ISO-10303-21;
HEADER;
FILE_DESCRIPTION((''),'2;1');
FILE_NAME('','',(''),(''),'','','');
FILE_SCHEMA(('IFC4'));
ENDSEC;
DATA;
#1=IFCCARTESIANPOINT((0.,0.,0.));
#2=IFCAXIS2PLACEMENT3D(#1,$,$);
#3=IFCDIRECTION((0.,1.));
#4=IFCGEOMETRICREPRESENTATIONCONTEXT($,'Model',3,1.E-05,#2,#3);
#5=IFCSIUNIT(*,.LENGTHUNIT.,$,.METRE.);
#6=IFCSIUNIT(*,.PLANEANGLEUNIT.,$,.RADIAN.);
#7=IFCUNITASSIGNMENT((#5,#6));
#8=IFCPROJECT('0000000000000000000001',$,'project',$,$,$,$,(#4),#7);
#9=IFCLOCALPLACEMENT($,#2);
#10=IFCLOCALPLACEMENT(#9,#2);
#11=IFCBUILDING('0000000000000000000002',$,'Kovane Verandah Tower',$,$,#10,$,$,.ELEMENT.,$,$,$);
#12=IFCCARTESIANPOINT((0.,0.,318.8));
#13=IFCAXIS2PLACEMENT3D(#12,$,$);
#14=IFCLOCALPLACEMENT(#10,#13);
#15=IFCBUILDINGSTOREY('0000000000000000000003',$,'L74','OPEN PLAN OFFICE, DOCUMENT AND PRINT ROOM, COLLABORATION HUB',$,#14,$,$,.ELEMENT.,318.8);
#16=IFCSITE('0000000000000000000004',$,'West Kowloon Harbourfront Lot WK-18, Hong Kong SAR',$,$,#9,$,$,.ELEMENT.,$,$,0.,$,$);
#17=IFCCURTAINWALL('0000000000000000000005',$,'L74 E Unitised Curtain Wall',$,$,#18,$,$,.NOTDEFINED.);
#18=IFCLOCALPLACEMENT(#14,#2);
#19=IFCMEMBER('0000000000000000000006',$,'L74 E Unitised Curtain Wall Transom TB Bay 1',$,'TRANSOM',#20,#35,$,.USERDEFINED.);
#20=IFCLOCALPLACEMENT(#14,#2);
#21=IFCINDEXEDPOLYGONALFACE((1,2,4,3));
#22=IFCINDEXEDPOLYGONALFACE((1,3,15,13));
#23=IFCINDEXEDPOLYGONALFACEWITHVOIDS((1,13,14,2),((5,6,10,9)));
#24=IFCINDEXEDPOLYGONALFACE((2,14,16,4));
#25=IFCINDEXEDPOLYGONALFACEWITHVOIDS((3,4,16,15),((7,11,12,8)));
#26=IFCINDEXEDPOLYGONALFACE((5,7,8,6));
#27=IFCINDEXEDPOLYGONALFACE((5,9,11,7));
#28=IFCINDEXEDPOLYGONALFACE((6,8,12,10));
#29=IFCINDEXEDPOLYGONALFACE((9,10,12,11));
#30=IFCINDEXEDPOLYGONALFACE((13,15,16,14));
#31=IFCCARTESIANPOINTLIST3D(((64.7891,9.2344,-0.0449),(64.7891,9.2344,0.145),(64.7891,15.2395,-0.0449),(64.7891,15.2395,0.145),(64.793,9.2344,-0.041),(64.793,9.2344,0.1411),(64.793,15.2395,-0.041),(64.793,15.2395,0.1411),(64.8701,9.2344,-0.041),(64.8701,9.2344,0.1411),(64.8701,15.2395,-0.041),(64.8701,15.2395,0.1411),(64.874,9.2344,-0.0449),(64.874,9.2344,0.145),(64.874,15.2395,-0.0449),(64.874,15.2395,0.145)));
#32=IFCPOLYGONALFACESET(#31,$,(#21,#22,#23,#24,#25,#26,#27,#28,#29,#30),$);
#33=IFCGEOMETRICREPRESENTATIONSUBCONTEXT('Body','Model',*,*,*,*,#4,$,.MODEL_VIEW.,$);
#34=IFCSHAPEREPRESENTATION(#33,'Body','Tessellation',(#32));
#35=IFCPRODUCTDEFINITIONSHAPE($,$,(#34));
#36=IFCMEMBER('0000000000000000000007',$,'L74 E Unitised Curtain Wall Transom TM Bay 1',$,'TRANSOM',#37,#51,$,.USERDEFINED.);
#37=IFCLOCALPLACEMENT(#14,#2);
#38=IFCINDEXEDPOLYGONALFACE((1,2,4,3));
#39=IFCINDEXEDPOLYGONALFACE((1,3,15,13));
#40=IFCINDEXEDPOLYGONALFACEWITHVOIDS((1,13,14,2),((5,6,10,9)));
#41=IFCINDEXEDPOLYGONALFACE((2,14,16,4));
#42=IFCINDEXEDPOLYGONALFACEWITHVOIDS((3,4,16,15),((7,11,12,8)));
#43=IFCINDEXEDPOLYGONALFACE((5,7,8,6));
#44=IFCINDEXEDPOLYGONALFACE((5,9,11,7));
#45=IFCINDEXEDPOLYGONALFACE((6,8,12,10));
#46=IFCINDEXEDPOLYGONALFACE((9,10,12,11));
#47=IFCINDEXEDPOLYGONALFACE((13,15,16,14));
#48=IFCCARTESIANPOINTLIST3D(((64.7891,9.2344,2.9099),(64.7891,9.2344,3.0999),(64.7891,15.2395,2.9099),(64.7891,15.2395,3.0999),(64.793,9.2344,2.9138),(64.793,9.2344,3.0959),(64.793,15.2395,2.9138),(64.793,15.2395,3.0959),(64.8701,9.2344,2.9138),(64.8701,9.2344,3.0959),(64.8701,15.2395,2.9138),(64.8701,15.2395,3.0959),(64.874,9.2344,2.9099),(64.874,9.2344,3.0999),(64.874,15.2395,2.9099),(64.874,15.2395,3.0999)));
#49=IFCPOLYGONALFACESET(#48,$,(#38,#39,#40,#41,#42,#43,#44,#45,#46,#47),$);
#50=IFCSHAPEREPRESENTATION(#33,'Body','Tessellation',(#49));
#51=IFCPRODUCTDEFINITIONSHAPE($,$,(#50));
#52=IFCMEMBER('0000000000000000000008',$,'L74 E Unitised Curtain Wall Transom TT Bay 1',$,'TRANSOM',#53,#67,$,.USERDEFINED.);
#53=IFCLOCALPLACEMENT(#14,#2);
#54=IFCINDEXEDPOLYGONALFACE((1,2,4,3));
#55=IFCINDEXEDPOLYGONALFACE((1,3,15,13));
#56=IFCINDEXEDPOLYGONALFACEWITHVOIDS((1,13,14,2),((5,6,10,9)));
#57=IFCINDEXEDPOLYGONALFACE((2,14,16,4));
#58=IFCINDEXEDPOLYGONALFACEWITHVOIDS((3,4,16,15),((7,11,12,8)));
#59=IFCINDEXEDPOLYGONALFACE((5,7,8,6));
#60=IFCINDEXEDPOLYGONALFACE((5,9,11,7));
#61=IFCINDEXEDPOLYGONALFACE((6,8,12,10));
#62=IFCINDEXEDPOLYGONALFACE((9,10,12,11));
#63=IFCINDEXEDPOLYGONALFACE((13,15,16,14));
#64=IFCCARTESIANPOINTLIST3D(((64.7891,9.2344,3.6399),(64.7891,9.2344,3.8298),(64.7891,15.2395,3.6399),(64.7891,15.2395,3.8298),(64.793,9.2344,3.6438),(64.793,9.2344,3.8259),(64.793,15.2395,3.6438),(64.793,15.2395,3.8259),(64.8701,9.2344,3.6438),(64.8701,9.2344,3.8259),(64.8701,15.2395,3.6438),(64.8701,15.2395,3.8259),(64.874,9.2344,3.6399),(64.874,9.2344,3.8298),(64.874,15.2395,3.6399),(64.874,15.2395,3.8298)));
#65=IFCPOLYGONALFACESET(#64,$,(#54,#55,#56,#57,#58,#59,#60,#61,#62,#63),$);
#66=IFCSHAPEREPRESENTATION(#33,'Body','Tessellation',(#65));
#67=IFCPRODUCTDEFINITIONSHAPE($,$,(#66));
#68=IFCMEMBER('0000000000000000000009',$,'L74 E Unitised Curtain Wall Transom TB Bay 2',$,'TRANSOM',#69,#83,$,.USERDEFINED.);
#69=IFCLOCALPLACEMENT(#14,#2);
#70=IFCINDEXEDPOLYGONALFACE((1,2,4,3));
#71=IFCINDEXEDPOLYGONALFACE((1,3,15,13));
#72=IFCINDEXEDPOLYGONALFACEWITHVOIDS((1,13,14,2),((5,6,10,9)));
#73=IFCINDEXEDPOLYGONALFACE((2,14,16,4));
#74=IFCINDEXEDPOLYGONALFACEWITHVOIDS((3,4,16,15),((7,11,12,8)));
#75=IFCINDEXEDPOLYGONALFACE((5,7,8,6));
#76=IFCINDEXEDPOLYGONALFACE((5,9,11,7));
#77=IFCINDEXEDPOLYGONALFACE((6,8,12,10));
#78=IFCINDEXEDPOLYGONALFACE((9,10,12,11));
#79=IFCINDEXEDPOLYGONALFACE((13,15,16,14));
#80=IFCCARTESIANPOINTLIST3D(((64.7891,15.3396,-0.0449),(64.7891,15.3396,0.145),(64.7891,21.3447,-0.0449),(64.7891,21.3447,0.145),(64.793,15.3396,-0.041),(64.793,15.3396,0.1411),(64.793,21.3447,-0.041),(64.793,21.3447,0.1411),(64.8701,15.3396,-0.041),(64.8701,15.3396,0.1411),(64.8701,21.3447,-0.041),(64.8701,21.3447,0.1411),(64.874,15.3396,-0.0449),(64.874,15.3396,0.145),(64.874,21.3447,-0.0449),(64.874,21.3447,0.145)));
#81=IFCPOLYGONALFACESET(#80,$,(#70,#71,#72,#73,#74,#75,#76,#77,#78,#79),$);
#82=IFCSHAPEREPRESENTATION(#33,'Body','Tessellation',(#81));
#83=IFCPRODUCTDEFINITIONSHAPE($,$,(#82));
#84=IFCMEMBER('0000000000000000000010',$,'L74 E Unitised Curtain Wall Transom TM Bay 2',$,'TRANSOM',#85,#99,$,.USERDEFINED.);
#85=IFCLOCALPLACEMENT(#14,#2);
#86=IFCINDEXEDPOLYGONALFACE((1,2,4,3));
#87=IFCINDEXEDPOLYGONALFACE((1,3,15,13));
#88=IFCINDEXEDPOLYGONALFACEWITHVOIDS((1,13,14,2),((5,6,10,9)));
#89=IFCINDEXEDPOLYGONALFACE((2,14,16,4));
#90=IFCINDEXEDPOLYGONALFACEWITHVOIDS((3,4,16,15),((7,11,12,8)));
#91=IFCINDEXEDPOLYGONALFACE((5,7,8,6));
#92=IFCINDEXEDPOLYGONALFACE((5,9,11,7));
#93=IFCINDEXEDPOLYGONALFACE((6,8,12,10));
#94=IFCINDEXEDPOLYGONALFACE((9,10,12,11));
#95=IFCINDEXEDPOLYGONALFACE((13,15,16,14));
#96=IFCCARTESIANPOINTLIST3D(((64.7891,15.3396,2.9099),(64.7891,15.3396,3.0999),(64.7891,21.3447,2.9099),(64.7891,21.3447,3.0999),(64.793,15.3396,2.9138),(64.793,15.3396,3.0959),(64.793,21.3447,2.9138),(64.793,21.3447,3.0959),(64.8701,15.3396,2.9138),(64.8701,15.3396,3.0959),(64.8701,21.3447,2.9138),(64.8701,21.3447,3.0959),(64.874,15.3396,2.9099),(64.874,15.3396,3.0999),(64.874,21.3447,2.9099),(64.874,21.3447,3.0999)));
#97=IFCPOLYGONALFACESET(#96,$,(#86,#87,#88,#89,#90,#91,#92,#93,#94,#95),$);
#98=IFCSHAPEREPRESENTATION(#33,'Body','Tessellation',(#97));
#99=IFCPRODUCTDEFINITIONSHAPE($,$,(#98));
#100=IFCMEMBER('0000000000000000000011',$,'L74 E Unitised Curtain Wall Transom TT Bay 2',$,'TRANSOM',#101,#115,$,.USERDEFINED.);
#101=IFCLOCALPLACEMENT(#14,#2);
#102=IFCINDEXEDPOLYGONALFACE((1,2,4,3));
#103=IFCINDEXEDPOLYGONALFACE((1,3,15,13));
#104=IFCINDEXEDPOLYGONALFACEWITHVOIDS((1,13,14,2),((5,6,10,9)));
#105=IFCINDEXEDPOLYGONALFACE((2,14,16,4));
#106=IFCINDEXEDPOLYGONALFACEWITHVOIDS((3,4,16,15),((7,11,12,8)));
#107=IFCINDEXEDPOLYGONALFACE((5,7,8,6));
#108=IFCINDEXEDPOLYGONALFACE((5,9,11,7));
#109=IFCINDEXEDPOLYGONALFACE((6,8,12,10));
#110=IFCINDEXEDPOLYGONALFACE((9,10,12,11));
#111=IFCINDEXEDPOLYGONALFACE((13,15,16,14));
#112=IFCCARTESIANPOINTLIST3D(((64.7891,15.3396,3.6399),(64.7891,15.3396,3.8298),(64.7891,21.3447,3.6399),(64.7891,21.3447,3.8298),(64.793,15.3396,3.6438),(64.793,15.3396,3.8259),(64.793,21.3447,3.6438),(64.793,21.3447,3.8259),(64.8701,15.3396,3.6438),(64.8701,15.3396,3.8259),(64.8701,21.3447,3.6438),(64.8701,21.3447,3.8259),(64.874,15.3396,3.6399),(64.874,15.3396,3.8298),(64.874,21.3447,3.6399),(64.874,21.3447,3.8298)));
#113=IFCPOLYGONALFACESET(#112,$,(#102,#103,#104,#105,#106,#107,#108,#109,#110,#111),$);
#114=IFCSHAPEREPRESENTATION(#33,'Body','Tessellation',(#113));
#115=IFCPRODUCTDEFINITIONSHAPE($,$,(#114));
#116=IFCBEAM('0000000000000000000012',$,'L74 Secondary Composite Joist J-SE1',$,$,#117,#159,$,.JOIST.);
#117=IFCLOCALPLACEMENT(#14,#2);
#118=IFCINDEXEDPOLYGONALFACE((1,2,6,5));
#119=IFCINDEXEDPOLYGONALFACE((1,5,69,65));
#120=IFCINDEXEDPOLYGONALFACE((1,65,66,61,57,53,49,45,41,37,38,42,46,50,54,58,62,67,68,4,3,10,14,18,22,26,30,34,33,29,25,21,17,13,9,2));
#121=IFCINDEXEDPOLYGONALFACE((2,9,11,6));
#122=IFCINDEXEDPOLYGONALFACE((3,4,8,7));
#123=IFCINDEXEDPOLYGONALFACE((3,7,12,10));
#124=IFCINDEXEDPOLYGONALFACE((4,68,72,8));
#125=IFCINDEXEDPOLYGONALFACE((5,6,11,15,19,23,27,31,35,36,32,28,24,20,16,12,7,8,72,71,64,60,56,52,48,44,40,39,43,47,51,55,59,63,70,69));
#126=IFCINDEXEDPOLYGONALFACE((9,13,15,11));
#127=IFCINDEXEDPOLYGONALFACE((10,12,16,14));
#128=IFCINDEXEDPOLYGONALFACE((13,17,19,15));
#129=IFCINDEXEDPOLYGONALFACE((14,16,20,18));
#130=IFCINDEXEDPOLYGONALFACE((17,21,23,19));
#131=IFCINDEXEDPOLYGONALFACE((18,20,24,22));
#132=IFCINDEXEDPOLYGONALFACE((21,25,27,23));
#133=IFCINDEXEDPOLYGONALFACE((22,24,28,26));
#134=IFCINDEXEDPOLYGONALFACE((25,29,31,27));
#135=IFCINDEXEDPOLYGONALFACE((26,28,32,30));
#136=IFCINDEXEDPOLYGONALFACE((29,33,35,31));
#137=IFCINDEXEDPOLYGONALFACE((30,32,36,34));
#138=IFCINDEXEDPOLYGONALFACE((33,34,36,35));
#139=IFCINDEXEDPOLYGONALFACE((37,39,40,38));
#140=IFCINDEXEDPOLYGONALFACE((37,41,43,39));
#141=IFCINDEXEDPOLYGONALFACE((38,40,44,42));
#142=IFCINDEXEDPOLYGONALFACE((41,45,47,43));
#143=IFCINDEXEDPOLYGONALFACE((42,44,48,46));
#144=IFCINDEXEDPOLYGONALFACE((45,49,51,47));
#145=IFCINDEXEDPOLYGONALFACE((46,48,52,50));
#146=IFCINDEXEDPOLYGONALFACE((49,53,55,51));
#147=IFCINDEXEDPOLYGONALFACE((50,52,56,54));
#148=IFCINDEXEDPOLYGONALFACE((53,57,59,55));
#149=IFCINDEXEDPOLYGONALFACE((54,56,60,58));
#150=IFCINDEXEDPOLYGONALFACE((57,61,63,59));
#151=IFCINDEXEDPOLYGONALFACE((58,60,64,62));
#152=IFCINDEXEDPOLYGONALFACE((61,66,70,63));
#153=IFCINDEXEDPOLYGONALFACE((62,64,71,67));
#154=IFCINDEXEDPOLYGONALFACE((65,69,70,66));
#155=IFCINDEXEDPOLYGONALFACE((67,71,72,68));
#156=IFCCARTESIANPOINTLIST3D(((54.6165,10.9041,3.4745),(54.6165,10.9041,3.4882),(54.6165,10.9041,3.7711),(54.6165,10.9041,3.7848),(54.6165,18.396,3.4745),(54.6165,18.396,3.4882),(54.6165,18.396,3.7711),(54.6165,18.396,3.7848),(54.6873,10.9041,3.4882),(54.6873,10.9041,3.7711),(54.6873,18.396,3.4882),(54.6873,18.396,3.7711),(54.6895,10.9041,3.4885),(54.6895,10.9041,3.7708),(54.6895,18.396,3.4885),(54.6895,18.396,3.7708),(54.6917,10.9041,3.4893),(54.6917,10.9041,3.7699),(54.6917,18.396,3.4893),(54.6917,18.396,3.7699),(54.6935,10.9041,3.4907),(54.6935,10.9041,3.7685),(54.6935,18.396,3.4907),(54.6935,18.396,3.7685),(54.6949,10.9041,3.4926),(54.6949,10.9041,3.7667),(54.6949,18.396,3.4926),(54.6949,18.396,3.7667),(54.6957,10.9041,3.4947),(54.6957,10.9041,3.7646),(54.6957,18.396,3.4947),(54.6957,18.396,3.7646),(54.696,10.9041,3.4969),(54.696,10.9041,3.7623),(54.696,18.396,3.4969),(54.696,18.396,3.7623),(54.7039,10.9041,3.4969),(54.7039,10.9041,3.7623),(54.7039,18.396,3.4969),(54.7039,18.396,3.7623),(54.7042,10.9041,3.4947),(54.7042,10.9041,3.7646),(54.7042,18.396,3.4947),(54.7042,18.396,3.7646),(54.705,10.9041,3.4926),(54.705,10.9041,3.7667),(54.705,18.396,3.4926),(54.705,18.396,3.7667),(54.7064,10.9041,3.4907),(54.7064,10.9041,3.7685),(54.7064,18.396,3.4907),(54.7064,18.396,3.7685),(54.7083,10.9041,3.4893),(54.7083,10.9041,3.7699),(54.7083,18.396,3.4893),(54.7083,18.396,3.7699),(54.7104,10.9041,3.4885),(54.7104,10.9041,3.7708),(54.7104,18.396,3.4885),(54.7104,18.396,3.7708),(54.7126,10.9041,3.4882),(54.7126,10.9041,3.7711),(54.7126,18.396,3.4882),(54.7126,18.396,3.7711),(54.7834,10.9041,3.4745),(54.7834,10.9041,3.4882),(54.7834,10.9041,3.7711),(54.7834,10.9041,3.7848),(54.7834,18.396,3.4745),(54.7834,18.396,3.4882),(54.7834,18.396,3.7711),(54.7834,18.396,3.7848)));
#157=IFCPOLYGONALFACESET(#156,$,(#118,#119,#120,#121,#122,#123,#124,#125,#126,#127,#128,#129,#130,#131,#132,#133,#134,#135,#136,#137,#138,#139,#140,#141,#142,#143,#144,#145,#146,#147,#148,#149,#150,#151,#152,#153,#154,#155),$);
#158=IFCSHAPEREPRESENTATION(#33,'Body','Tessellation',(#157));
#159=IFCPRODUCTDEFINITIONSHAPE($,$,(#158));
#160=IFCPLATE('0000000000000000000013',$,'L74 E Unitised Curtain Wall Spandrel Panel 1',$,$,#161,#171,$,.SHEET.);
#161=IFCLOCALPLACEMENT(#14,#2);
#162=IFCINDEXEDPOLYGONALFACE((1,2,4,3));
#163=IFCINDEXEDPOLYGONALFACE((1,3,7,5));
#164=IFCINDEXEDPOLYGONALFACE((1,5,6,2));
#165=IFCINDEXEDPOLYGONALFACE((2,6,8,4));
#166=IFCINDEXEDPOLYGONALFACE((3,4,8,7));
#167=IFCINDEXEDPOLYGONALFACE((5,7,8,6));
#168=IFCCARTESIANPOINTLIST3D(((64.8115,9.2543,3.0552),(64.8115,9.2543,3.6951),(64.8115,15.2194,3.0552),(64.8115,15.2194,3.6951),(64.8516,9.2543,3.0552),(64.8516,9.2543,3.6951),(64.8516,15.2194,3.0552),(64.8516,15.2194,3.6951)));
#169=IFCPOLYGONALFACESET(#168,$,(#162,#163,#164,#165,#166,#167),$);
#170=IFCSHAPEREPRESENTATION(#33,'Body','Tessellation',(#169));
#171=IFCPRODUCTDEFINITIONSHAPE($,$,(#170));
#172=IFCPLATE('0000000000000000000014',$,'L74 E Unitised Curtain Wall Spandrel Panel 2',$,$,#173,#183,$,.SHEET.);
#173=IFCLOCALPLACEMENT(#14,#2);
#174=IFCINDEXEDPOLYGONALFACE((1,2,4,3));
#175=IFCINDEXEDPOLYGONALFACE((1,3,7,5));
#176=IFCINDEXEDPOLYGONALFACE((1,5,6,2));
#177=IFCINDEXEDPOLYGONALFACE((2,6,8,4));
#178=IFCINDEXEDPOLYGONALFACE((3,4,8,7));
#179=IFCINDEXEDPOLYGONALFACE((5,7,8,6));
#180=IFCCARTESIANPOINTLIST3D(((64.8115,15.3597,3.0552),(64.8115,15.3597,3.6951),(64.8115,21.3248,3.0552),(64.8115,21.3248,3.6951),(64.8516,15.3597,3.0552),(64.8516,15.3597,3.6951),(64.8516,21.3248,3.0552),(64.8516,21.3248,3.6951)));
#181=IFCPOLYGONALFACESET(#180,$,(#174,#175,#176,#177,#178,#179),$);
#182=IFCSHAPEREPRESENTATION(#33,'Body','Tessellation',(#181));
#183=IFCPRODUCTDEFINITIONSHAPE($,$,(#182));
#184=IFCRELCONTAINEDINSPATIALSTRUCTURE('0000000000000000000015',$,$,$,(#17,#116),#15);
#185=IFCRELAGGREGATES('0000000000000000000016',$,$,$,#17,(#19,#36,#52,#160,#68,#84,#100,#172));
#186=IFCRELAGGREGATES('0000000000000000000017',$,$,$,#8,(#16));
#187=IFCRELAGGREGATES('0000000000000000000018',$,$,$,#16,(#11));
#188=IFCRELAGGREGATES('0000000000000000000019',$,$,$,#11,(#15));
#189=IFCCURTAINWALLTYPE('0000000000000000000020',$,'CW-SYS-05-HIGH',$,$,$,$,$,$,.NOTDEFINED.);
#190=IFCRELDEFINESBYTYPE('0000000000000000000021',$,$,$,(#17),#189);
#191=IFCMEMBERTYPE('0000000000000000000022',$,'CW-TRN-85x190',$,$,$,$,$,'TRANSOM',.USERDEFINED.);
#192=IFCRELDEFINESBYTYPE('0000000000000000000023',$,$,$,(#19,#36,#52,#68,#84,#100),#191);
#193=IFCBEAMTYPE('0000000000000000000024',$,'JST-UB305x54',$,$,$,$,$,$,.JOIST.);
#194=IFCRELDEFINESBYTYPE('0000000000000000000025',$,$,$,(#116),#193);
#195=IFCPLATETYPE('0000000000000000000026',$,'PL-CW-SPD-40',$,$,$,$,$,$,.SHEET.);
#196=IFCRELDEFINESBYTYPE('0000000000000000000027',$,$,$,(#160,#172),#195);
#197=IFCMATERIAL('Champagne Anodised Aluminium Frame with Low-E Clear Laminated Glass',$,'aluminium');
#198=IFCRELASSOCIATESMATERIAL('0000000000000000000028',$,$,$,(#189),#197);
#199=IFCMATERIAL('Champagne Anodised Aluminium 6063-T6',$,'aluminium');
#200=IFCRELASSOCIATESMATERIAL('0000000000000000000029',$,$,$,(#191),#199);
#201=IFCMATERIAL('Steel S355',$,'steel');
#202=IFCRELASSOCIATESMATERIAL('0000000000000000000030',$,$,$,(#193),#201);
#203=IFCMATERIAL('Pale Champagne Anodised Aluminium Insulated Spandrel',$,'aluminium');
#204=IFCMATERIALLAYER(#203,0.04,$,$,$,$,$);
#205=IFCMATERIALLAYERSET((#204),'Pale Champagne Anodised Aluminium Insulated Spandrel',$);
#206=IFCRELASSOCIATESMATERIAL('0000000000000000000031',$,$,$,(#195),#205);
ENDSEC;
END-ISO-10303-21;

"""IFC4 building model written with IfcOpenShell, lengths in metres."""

from ifc_helpers import new_model, si_unit, direction, frame, origin, origin_2d, place, context, subcontext, project, spatial, rectangle, hollow_rectangle, i_section, extrude, material, layer, layer_set, material_profile, profile_set, type_object, element, aggregate, save


model = new_model("IFC4")

# Units and contexts
model_context = context("Model", 3, precision=1e-05, world=origin(), true_north=direction((0.0, 1.0)))
body_context = subcontext(model_context, "Body", "Model", "MODEL_VIEW")
ifc_project = project(units=[si_unit("LENGTHUNIT", "METRE"), si_unit("PLANEANGLEUNIT", "RADIAN")], contexts=[model_context])

# Site, building, storey
site_placement = place(None, origin())
site = spatial("IfcSite", under=ifc_project, at=site_placement, Name="West Kowloon Harbourfront Lot WK-18, Hong Kong SAR", CompositionType="ELEMENT", RefElevation=0.0)
building_placement = place(site_placement, origin())
building = spatial("IfcBuilding", under=site, at=building_placement, Name="Kovane Verandah Tower", CompositionType="ELEMENT")
storey_placement = place(building_placement, frame((0.0, 0.0, 318.8)))
storey = spatial("IfcBuildingStorey", under=building, at=storey_placement, Name="L74", Description="OPEN PLAN OFFICE, DOCUMENT AND PRINT ROOM, COLLABORATION HUB", CompositionType="ELEMENT", Elevation=318.8)

# Shared definitions
ifc_material_1 = material(Name="Steel S355", Category="steel")

# Curtain wall, members
ifc_material_2 = material(Name="Champagne Anodised Aluminium Frame with Low-E Clear Laminated Glass", Category="aluminium")
curtain_wall_type = type_object("IfcCurtainWallType", Name="CW-SYS-05-HIGH", PredefinedType="NOTDEFINED", material=ifc_material_2)
curtain_wall_placement = place(storey_placement, origin())
curtain_wall = element("IfcCurtainWall", 1, at=curtain_wall_placement, inside=storey, type_object=curtain_wall_type, Name="L74 E Unitised Curtain Wall", PredefinedType="NOTDEFINED")
ifc_material_3 = material(Name="Champagne Anodised Aluminium 6063-T6", Category="aluminium")
ifc_material_profile_1 = material_profile(ifc_material_3, hollow_rectangle(XDim=0.085, YDim=0.1899, WallThickness=0.0039, at=origin_2d()), Name="AL85x190x4")
ifc_profile_set_1 = profile_set([ifc_material_profile_1], Name="Champagne Anodised Aluminium 6063-T6")
member_type_1 = type_object("IfcMemberType", Name="CW-TRN-85x190", ElementType="TRANSOM", PredefinedType="USERDEFINED", material=ifc_profile_set_1)
member_1_placement = place(storey_placement, frame((64.8315, 9.2344, 0.05), z_axis=(0.0, 1.0, 0.0), x_axis=(-1.0, 0.0, 0.0)))
member_1 = element("IfcMember", 2, at=member_1_placement, type_object=member_type_1, Name="L74 E Unitised Curtain Wall Transom TB Bay 1", ObjectType="TRANSOM", PredefinedType="USERDEFINED", context=body_context, shape_type="SweptSolid", body=[
    extrude(hollow_rectangle(XDim=0.085, YDim=0.1899, WallThickness=0.0039, at=origin_2d()), origin(), (0.0, 0.0, 1.0), 6.0051),
])
member_2_placement = place(storey_placement, frame((64.8315, 9.2344, 3.0049), z_axis=(0.0, 1.0, 0.0), x_axis=(-1.0, 0.0, 0.0)))
member_2 = element("IfcMember", 3, at=member_2_placement, type_object=member_type_1, Name="L74 E Unitised Curtain Wall Transom TM Bay 1", ObjectType="TRANSOM", PredefinedType="USERDEFINED", context=body_context, shape_type="SweptSolid", body=[
    extrude(hollow_rectangle(XDim=0.085, YDim=0.1899, WallThickness=0.0039, at=origin_2d()), origin(), (0.0, 0.0, 1.0), 6.0051),
])
member_3_placement = place(storey_placement, frame((64.8315, 9.2344, 3.7349), z_axis=(0.0, 1.0, 0.0), x_axis=(-1.0, 0.0, 0.0)))
member_3 = element("IfcMember", 4, at=member_3_placement, type_object=member_type_1, Name="L74 E Unitised Curtain Wall Transom TT Bay 1", ObjectType="TRANSOM", PredefinedType="USERDEFINED", context=body_context, shape_type="SweptSolid", body=[
    extrude(hollow_rectangle(XDim=0.085, YDim=0.1899, WallThickness=0.0039, at=origin_2d()), origin(), (0.0, 0.0, 1.0), 6.0051),
])
member_4_placement = place(storey_placement, frame((64.8315, 15.3396, 0.05), z_axis=(0.0, 1.0, 0.0), x_axis=(-1.0, 0.0, 0.0)))
member_4 = element("IfcMember", 5, at=member_4_placement, type_object=member_type_1, Name="L74 E Unitised Curtain Wall Transom TB Bay 2", ObjectType="TRANSOM", PredefinedType="USERDEFINED", context=body_context, shape_type="SweptSolid", body=[
    extrude(hollow_rectangle(XDim=0.085, YDim=0.1899, WallThickness=0.0039, at=origin_2d()), origin(), (0.0, 0.0, 1.0), 6.0051),
])
member_5_placement = place(storey_placement, frame((64.8315, 15.3396, 3.0049), z_axis=(0.0, 1.0, 0.0), x_axis=(-1.0, 0.0, 0.0)))
member_5 = element("IfcMember", 6, at=member_5_placement, type_object=member_type_1, Name="L74 E Unitised Curtain Wall Transom TM Bay 2", ObjectType="TRANSOM", PredefinedType="USERDEFINED", context=body_context, shape_type="SweptSolid", body=[
    extrude(hollow_rectangle(XDim=0.085, YDim=0.1899, WallThickness=0.0039, at=origin_2d()), origin(), (0.0, 0.0, 1.0), 6.0051),
])
member_6_placement = place(storey_placement, frame((64.8315, 15.3396, 3.7349), z_axis=(0.0, 1.0, 0.0), x_axis=(-1.0, 0.0, 0.0)))
member_6 = element("IfcMember", 7, at=member_6_placement, type_object=member_type_1, Name="L74 E Unitised Curtain Wall Transom TT Bay 2", ObjectType="TRANSOM", PredefinedType="USERDEFINED", context=body_context, shape_type="SweptSolid", body=[
    extrude(hollow_rectangle(XDim=0.085, YDim=0.1899, WallThickness=0.0039, at=origin_2d()), origin(), (0.0, 0.0, 1.0), 6.0051),
])

# Beam
ifc_material_profile_2 = material_profile(ifc_material_1, i_section(OverallWidth=0.167, OverallDepth=0.3103, WebThickness=0.0078, FlangeThickness=0.0137, FilletRadius=0.0088, at=origin_2d()), Name="UB305x165x54")
ifc_profile_set_2 = profile_set([ifc_material_profile_2], Name="Steel S355")
beam_type_1 = type_object("IfcBeamType", Name="JST-UB305x54", PredefinedType="JOIST", material=ifc_profile_set_2)
beam_1_placement = place(storey_placement, frame((54.7, 10.9041, 3.6296), z_axis=(0.0, 1.0, 0.0), x_axis=(-1.0, 0.0, 0.0)))
element("IfcBeam", 8, at=beam_1_placement, inside=storey, type_object=beam_type_1, Name="L74 Secondary Composite Joist J-SE1", PredefinedType="JOIST", context=body_context, shape_type="SweptSolid", body=[
    extrude(i_section(OverallWidth=0.167, OverallDepth=0.3103, WebThickness=0.0078, FlangeThickness=0.0137, FilletRadius=0.0088, at=origin_2d()), origin(), (0.0, 0.0, 1.0), 7.4919),
])

# Plates
ifc_material_4 = material(Name="Pale Champagne Anodised Aluminium Insulated Spandrel", Category="aluminium")
ifc_layer_1 = layer(ifc_material_4, 0.04)
ifc_layer_set_1 = layer_set([ifc_layer_1], Name="Pale Champagne Anodised Aluminium Insulated Spandrel")
plate_type_1 = type_object("IfcPlateType", Name="PL-CW-SPD-40", PredefinedType="SHEET", material=ifc_layer_set_1)
plate_1_placement = place(storey_placement, frame((64.8315, 12.2368, 3.0552), z_axis=(0.0, 0.0, 1.0), x_axis=(0.0, 1.0, 0.0)))
plate_1 = element("IfcPlate", 9, at=plate_1_placement, type_object=plate_type_1, Name="L74 E Unitised Curtain Wall Spandrel Panel 1", PredefinedType="SHEET", context=body_context, shape_type="SweptSolid", body=[
    extrude(rectangle(XDim=5.9651, YDim=0.04, at=origin_2d()), origin(), (0.0, 0.0, 1.0), 0.6399),
])
plate_2_placement = place(storey_placement, frame((64.8315, 18.3423, 3.0552), z_axis=(0.0, 0.0, 1.0), x_axis=(0.0, 1.0, 0.0)))
plate_2 = element("IfcPlate", 10, at=plate_2_placement, type_object=plate_type_1, Name="L74 E Unitised Curtain Wall Spandrel Panel 2", PredefinedType="SHEET", context=body_context, shape_type="SweptSolid", body=[
    extrude(rectangle(XDim=5.9651, YDim=0.04, at=origin_2d()), origin(), (0.0, 0.0, 1.0), 0.6399),
])
aggregate(curtain_wall, [member_1, member_2, member_3, plate_1, member_4, member_5, member_6, plate_2])

save(model, "model.ifc")
